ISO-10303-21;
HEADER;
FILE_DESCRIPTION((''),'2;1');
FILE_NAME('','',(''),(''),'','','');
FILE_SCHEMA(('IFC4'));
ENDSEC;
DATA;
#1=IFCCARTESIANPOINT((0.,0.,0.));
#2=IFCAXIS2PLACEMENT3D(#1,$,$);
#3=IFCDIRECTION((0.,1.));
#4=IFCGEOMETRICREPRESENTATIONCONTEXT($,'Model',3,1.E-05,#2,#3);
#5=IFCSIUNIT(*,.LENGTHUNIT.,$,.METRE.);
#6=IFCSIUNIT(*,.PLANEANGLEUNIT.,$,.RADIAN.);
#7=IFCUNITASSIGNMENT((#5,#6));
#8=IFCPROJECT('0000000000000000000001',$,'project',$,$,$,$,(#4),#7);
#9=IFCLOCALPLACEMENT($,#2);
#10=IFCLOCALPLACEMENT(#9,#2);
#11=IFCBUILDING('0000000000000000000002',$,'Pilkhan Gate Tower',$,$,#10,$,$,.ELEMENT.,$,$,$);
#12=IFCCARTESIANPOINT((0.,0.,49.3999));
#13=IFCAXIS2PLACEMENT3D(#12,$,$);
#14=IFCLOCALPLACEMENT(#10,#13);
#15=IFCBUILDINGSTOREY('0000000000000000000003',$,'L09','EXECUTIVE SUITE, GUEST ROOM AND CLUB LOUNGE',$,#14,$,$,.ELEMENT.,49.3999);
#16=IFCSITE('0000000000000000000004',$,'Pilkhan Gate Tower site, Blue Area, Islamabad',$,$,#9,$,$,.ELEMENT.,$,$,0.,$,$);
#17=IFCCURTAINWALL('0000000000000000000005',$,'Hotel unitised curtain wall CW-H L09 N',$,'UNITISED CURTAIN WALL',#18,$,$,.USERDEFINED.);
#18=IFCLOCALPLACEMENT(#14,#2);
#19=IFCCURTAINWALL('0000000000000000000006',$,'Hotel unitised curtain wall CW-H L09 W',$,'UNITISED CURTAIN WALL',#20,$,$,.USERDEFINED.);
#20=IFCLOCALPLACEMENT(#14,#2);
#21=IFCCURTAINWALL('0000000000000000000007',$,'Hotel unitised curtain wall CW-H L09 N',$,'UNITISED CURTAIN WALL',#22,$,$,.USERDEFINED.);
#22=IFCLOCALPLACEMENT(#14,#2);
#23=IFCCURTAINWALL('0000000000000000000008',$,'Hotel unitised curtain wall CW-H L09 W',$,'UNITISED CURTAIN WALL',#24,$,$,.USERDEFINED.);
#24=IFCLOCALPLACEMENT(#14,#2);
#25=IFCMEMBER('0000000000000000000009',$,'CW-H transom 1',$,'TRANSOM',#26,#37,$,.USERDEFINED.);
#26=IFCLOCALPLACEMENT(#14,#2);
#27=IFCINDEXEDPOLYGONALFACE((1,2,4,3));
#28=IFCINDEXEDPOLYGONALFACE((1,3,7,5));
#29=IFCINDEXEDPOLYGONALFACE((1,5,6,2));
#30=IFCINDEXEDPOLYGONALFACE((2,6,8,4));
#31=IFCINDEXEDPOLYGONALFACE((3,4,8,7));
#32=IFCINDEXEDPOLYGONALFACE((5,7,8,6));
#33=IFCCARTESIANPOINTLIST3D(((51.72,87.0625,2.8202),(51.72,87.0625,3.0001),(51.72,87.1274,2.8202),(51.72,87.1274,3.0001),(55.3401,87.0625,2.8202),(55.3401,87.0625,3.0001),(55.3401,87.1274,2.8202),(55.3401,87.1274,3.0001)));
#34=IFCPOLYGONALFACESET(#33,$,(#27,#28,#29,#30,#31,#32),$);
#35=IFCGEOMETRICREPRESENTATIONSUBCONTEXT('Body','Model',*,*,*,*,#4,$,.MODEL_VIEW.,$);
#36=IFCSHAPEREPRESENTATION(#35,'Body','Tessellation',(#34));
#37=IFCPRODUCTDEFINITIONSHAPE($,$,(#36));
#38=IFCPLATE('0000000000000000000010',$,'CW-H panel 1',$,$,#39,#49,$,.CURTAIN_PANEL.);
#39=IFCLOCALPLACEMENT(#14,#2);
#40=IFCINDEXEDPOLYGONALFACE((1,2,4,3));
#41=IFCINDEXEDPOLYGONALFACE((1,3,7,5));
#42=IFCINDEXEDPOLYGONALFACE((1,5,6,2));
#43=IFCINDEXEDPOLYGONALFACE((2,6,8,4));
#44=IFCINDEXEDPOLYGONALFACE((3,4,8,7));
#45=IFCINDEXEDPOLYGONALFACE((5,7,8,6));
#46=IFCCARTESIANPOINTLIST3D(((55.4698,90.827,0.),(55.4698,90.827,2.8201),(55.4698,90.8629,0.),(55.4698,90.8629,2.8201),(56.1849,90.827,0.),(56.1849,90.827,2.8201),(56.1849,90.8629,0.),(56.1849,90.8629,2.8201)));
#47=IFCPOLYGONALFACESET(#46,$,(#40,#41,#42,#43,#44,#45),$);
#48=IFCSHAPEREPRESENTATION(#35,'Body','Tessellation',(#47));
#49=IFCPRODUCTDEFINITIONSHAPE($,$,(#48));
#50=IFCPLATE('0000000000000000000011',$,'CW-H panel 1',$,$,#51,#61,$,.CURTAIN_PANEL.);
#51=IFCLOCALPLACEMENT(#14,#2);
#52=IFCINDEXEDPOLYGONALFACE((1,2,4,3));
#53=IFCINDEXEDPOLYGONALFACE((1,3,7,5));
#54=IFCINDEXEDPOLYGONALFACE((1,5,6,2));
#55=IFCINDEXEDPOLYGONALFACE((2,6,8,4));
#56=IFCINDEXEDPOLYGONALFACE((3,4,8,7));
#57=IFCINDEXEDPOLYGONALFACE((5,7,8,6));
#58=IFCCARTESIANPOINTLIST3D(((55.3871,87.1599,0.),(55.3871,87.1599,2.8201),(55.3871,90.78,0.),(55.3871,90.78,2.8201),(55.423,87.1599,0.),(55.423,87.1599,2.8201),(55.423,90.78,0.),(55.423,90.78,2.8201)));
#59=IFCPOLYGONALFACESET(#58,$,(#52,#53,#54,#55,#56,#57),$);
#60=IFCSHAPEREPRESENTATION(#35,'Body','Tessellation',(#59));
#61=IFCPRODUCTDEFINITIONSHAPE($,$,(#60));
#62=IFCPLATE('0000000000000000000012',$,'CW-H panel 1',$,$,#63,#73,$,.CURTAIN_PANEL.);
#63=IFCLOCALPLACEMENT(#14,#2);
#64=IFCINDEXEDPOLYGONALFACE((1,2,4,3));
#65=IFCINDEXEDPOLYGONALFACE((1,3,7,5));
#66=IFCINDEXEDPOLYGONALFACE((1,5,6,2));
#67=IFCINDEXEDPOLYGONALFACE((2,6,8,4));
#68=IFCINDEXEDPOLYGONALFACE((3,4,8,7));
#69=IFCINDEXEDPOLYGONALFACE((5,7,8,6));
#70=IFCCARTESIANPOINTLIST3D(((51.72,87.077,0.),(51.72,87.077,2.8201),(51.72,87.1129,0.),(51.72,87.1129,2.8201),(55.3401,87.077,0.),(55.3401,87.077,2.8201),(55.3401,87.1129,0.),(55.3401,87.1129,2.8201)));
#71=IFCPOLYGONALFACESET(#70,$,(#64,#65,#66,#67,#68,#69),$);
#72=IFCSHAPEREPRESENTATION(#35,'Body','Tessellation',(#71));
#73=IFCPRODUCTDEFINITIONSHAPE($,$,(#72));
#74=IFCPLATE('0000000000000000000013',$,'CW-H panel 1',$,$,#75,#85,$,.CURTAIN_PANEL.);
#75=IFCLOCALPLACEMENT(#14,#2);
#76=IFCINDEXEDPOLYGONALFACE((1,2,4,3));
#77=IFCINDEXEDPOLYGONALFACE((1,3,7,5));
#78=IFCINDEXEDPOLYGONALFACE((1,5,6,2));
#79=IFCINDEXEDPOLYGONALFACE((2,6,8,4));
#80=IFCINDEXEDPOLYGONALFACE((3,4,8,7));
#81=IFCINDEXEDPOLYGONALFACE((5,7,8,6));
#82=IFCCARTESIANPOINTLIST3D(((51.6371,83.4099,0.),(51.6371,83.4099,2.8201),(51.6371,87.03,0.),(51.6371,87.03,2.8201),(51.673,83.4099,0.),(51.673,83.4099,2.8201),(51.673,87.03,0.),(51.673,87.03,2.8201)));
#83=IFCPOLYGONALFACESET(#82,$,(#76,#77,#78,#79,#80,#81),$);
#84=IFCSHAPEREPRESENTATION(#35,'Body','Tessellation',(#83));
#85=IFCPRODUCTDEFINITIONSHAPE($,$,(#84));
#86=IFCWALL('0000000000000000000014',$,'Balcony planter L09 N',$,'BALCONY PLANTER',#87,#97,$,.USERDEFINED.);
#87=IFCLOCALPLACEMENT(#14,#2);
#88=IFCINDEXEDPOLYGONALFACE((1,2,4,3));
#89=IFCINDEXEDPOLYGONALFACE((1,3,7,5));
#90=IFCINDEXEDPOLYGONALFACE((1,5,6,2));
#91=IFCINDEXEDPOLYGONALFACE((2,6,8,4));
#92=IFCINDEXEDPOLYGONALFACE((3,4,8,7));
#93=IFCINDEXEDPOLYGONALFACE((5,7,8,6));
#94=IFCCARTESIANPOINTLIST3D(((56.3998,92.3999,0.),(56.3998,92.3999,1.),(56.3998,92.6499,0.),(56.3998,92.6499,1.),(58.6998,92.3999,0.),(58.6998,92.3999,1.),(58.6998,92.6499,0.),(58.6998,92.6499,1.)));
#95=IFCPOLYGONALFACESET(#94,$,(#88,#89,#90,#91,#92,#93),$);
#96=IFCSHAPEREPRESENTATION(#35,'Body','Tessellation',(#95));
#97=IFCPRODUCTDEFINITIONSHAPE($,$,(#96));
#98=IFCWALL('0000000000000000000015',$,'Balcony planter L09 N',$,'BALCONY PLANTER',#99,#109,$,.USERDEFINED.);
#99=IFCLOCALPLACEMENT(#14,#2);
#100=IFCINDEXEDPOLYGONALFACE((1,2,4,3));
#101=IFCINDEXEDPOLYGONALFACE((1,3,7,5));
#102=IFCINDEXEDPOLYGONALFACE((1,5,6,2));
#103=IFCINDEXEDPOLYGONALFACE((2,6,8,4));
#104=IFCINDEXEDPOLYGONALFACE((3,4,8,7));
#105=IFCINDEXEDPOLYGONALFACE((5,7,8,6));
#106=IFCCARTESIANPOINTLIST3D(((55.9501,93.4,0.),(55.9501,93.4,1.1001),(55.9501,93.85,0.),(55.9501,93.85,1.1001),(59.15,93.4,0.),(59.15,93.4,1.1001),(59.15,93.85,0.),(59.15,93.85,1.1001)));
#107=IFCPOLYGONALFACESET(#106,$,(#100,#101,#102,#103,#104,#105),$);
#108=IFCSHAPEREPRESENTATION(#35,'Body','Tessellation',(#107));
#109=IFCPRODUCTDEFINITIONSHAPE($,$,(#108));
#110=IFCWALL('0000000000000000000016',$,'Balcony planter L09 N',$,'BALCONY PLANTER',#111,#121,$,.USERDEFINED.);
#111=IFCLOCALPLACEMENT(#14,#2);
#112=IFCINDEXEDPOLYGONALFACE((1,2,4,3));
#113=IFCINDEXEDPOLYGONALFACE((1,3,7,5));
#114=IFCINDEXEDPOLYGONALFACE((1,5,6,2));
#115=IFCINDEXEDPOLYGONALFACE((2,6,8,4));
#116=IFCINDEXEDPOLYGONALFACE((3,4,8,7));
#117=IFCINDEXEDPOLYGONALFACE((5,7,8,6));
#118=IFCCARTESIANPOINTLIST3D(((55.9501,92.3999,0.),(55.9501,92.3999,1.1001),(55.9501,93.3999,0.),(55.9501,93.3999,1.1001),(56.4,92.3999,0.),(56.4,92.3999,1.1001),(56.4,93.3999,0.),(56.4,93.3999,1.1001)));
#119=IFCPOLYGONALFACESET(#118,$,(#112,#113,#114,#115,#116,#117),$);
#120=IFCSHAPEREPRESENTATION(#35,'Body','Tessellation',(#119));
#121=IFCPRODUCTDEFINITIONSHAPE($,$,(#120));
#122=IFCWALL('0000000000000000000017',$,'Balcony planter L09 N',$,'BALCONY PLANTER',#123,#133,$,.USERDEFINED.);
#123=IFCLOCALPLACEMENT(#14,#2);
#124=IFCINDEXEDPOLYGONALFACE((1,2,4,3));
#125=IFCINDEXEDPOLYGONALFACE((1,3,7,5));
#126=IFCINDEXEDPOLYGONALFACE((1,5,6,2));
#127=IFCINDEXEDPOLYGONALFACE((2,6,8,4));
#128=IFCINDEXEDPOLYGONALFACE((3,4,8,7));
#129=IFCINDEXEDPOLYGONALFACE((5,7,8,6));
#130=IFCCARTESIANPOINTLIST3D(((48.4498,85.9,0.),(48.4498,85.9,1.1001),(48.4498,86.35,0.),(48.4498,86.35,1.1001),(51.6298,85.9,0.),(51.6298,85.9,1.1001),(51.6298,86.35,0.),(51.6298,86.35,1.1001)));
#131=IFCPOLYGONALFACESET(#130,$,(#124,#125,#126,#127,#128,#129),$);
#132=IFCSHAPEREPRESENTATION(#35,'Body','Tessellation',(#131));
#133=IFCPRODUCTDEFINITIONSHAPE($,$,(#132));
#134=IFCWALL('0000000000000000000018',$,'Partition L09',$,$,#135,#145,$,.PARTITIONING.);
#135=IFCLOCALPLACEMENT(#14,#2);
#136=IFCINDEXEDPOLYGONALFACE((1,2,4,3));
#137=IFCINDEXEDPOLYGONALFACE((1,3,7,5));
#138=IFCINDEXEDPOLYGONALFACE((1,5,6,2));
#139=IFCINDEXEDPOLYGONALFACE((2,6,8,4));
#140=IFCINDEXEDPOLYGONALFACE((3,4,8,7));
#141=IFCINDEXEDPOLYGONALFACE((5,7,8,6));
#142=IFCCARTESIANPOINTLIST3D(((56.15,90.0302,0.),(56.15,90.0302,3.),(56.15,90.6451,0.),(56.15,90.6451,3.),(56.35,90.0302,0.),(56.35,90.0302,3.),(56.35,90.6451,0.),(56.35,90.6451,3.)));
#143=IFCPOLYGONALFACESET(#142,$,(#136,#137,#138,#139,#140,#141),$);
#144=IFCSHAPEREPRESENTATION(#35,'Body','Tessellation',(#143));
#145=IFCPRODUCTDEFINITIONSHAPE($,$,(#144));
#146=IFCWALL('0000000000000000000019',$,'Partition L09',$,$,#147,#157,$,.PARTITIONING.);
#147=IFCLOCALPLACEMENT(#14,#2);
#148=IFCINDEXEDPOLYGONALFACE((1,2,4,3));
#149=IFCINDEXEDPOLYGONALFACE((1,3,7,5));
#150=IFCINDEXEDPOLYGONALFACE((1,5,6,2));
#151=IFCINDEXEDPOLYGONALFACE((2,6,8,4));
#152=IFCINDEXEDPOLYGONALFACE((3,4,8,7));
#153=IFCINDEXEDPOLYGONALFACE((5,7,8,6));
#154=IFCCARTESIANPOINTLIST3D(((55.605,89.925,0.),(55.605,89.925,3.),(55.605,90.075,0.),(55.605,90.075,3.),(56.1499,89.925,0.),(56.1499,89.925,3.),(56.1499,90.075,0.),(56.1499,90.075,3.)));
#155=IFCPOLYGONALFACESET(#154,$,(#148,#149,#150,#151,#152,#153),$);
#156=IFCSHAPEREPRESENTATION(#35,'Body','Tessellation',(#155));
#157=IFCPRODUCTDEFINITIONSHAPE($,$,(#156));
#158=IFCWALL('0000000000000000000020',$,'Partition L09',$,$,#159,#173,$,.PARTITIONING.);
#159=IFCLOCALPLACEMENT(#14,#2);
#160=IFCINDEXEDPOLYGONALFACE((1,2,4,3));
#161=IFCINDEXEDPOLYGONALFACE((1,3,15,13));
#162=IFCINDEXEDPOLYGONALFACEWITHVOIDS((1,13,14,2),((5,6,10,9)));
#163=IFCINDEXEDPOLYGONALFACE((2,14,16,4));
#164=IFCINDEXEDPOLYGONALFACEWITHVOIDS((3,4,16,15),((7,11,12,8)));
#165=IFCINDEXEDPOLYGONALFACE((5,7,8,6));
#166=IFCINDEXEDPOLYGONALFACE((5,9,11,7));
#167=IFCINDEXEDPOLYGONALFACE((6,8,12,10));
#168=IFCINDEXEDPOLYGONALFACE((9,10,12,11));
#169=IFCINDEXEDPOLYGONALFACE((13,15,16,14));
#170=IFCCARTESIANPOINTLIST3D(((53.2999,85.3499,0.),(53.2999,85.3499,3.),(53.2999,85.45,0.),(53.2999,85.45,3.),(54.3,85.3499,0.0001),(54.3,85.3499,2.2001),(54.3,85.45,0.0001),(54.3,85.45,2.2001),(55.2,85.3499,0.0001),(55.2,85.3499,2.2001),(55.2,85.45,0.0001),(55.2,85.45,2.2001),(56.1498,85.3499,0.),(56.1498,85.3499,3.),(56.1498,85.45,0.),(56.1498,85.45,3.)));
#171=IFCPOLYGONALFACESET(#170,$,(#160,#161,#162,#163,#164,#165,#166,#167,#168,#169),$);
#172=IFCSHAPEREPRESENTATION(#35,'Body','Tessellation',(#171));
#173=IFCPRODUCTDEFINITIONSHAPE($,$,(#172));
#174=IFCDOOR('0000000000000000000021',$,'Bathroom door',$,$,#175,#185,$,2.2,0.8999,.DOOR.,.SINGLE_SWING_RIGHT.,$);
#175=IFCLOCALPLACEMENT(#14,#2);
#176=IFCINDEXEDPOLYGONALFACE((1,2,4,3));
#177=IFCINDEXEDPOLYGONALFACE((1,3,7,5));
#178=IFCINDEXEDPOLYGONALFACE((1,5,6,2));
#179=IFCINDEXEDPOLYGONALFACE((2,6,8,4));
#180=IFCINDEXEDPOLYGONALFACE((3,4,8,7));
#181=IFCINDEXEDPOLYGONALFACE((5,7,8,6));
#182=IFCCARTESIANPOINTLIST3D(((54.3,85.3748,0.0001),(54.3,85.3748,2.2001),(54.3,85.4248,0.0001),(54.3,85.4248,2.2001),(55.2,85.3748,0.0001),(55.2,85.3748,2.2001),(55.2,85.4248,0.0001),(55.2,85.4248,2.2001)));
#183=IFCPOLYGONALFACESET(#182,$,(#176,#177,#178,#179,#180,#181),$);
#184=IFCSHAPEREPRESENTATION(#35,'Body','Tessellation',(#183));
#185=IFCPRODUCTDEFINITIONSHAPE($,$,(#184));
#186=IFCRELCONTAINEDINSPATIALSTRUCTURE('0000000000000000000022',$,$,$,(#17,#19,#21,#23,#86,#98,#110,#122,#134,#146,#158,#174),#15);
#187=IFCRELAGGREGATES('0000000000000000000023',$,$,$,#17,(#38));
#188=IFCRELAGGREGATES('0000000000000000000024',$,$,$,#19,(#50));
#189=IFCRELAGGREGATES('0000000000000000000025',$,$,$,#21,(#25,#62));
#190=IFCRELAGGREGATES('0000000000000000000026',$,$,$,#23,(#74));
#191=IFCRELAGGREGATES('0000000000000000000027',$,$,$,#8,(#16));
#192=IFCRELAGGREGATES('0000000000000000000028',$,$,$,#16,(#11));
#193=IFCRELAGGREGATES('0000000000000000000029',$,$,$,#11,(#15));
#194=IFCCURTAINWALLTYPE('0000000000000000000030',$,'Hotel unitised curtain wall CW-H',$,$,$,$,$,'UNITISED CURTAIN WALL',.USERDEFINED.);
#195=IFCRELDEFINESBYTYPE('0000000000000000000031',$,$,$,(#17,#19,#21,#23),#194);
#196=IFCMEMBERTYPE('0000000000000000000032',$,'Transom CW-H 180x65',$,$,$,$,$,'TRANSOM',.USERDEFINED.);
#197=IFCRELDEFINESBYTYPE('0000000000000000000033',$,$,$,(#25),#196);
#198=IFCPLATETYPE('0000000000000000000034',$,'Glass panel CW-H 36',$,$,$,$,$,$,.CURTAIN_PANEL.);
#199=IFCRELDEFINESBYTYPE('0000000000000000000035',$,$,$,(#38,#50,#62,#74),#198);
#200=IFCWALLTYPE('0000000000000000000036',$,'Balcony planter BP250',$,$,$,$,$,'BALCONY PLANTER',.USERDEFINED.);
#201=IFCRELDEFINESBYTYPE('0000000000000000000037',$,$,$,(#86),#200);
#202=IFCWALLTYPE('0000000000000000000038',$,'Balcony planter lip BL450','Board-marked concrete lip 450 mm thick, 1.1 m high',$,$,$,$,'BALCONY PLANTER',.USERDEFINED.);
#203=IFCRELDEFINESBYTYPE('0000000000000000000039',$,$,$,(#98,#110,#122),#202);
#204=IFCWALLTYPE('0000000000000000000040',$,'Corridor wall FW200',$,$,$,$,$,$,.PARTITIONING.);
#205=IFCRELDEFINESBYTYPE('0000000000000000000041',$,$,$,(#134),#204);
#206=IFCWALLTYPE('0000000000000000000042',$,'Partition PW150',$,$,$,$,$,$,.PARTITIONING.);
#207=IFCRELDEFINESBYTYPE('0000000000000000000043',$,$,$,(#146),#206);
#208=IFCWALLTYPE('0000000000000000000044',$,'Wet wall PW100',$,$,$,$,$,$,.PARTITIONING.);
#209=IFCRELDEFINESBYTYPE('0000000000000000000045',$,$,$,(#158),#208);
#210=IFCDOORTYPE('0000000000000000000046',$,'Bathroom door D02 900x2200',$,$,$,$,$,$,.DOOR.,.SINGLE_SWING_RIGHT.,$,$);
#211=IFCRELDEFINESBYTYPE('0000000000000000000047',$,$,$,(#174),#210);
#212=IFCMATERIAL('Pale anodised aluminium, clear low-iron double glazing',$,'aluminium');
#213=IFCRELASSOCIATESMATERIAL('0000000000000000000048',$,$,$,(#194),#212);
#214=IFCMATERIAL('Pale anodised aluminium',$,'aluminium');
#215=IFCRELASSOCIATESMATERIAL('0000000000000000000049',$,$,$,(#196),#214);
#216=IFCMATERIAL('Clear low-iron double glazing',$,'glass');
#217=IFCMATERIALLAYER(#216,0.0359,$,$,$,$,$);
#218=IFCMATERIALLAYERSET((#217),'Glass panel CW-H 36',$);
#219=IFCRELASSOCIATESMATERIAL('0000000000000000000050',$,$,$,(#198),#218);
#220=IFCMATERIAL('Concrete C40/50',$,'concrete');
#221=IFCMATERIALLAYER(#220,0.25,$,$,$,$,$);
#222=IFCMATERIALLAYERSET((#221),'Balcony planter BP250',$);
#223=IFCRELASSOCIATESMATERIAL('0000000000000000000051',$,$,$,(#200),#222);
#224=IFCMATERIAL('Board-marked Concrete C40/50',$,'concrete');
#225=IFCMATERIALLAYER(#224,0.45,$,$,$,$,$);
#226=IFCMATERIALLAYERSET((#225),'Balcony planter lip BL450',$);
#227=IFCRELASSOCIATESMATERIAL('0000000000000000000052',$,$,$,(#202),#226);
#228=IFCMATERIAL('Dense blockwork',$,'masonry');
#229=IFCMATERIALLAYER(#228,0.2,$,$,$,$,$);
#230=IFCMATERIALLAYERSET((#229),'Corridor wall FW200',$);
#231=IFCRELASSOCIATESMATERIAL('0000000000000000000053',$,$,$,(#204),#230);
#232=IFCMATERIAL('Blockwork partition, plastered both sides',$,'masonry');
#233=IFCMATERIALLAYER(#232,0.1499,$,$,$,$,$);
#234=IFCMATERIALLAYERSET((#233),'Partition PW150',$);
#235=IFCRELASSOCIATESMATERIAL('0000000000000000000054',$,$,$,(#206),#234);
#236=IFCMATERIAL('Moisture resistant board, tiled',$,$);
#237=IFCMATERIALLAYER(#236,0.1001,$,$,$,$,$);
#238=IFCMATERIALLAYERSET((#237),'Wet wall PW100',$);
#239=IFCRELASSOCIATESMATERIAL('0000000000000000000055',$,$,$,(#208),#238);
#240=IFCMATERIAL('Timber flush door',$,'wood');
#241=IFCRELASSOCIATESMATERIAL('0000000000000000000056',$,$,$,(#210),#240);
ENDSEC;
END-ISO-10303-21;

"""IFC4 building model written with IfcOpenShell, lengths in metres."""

from ifc_helpers import new_model, si_unit, direction, frame, frame_2d, origin, origin_2d, place, context, subcontext, project, spatial, rectangle, extrude, material, layer, layer_set, material_profile, profile_set, type_object, element, fill, aggregate, save


model = new_model("IFC4")

# Units and contexts
model_context = context("Model", 3, precision=1e-05, world=origin(), true_north=direction((0.0, 1.0)))
body_context = subcontext(model_context, "Body", "Model", "MODEL_VIEW")
ifc_project = project(units=[si_unit("LENGTHUNIT", "METRE"), si_unit("PLANEANGLEUNIT", "RADIAN")], contexts=[model_context])

# Site, building, storey
site_placement = place(None, origin())
site = spatial("IfcSite", under=ifc_project, at=site_placement, Name="Pilkhan Gate Tower site, Blue Area, Islamabad", CompositionType="ELEMENT", RefElevation=0.0)
building_placement = place(site_placement, origin())
building = spatial("IfcBuilding", under=site, at=building_placement, Name="Pilkhan Gate Tower", CompositionType="ELEMENT")
storey_placement = place(building_placement, frame((0.0, 0.0, 49.3999)))
storey = spatial("IfcBuildingStorey", under=building, at=storey_placement, Name="L09", Description="EXECUTIVE SUITE, GUEST ROOM AND CLUB LOUNGE", CompositionType="ELEMENT", Elevation=49.3999)

# Curtain walls
ifc_material_1 = material(Name="Pale anodised aluminium, clear low-iron double glazing", Category="aluminium")
curtain_wall_type = type_object("IfcCurtainWallType", Name="Hotel unitised curtain wall CW-H", ElementType="UNITISED CURTAIN WALL", PredefinedType="USERDEFINED", material=ifc_material_1)
curtain_wall_1_placement = place(storey_placement, origin())
curtain_wall_1 = element("IfcCurtainWall", 1, at=curtain_wall_1_placement, inside=storey, type_object=curtain_wall_type, Name="Hotel unitised curtain wall CW-H L09 N", ObjectType="UNITISED CURTAIN WALL", PredefinedType="USERDEFINED")
ifc_material_2 = material(Name="Pale anodised aluminium", Category="aluminium")
curtain_wall_2_placement = place(storey_placement, origin())
curtain_wall_2 = element("IfcCurtainWall", 2, at=curtain_wall_2_placement, inside=storey, type_object=curtain_wall_type, Name="Hotel unitised curtain wall CW-H L09 W", ObjectType="UNITISED CURTAIN WALL", PredefinedType="USERDEFINED")
curtain_wall_3_placement = place(storey_placement, origin())
curtain_wall_3 = element("IfcCurtainWall", 3, at=curtain_wall_3_placement, inside=storey, type_object=curtain_wall_type, Name="Hotel unitised curtain wall CW-H L09 N", ObjectType="UNITISED CURTAIN WALL", PredefinedType="USERDEFINED")

# Curtain wall
curtain_wall_4_placement = place(storey_placement, origin())
curtain_wall_4 = element("IfcCurtainWall", 4, at=curtain_wall_4_placement, inside=storey, type_object=curtain_wall_type, Name="Hotel unitised curtain wall CW-H L09 W", ObjectType="UNITISED CURTAIN WALL", PredefinedType="USERDEFINED")

# Member
ifc_material_profile_1 = material_profile(ifc_material_2, rectangle(XDim=0.0649, YDim=0.1799, at=origin_2d()), Name="Transom 180x65")
ifc_profile_set_1 = profile_set([ifc_material_profile_1], Name="Pale anodised aluminium")
member_type_1 = type_object("IfcMemberType", Name="Transom CW-H 180x65", ElementType="TRANSOM", PredefinedType="USERDEFINED", material=ifc_profile_set_1)
member_1_placement = place(storey_placement, frame((51.72, 87.095, 2.9102), z_axis=(1.0, 0.0, 0.0), x_axis=(0.0, 1.0, 0.0)))
member_1 = element("IfcMember", 5, at=member_1_placement, type_object=member_type_1, Name="CW-H transom 1", ObjectType="TRANSOM", PredefinedType="USERDEFINED", context=body_context, shape_type="SweptSolid", body=[
    extrude(rectangle(XDim=0.0649, YDim=0.1799, at=origin_2d()), origin(), (0.0, 0.0, 1.0), 3.6201),
])

# Plates
ifc_material_3 = material(Name="Clear low-iron double glazing", Category="glass")
ifc_layer_1 = layer(ifc_material_3, 0.0359)
ifc_layer_set_1 = layer_set([ifc_layer_1], Name="Glass panel CW-H 36")
plate_type = type_object("IfcPlateType", Name="Glass panel CW-H 36", PredefinedType="CURTAIN_PANEL", material=ifc_layer_set_1)
plate_1_placement = place(storey_placement, frame((55.8274, 90.845, 0.0), z_axis=(0.0, 0.0, 1.0), x_axis=(1.0, 0.0, 0.0)))
plate_1 = element("IfcPlate", 6, at=plate_1_placement, type_object=plate_type, Name="CW-H panel 1", PredefinedType="CURTAIN_PANEL", context=body_context, shape_type="SweptSolid", body=[
    extrude(rectangle(XDim=0.7151, YDim=0.0359, at=origin_2d()), origin(), (0.0, 0.0, 1.0), 2.8201),
])
aggregate(curtain_wall_1, [plate_1])
plate_2_placement = place(storey_placement, frame((55.405, 88.97, 0.0), z_axis=(0.0, 0.0, 1.0), x_axis=(0.0, 1.0, 0.0)))
plate_2 = element("IfcPlate", 7, at=plate_2_placement, type_object=plate_type, Name="CW-H panel 1", PredefinedType="CURTAIN_PANEL", context=body_context, shape_type="SweptSolid", body=[
    extrude(rectangle(XDim=3.6201, YDim=0.0359, at=origin_2d()), origin(), (0.0, 0.0, 1.0), 2.8201),
])
aggregate(curtain_wall_2, [plate_2])
plate_3_placement = place(storey_placement, frame((53.53, 87.095, 0.0), z_axis=(0.0, 0.0, 1.0), x_axis=(1.0, 0.0, 0.0)))
plate_3 = element("IfcPlate", 8, at=plate_3_placement, type_object=plate_type, Name="CW-H panel 1", PredefinedType="CURTAIN_PANEL", context=body_context, shape_type="SweptSolid", body=[
    extrude(rectangle(XDim=3.6201, YDim=0.0359, at=origin_2d()), origin(), (0.0, 0.0, 1.0), 2.8201),
])
aggregate(curtain_wall_3, [member_1, plate_3])
plate_4_placement = place(storey_placement, frame((51.655, 85.22, 0.0), z_axis=(0.0, 0.0, 1.0), x_axis=(0.0, 1.0, 0.0)))
plate_4 = element("IfcPlate", 9, at=plate_4_placement, type_object=plate_type, Name="CW-H panel 1", PredefinedType="CURTAIN_PANEL", context=body_context, shape_type="SweptSolid", body=[
    extrude(rectangle(XDim=3.6201, YDim=0.0359, at=origin_2d()), origin(), (0.0, 0.0, 1.0), 2.8201),
])
aggregate(curtain_wall_4, [plate_4])

# Walls
ifc_material_4 = material(Name="Concrete C40/50", Category="concrete")
ifc_layer_2 = layer(ifc_material_4, 0.25)
ifc_layer_set_2 = layer_set([ifc_layer_2], Name="Balcony planter BP250")
wall_type_1 = type_object("IfcWallType", Name="Balcony planter BP250", ElementType="BALCONY PLANTER", PredefinedType="USERDEFINED", material=ifc_layer_set_2)
wall_1_placement = place(storey_placement, frame((56.3999, 92.5249, 0.0), z_axis=(0.0, 0.0, 1.0), x_axis=(1.0, 0.0, 0.0)))
element("IfcWall", 10, at=wall_1_placement, inside=storey, type_object=wall_type_1, Name="Balcony planter L09 N", ObjectType="BALCONY PLANTER", PredefinedType="USERDEFINED", context=body_context, shape_type="SweptSolid", body=[
    extrude(rectangle(XDim=2.3, YDim=0.25, at=frame_2d((1.1499, 0.0))), origin(), (0.0, 0.0, 1.0), 1.0),
])
ifc_material_5 = material(Name="Board-marked Concrete C40/50", Category="concrete")
ifc_layer_3 = layer(ifc_material_5, 0.45)
ifc_layer_set_3 = layer_set([ifc_layer_3], Name="Balcony planter lip BL450")
wall_type_2 = type_object("IfcWallType", Name="Balcony planter lip BL450", Description="Board-marked concrete lip 450 mm thick, 1.1 m high", ElementType="BALCONY PLANTER", PredefinedType="USERDEFINED", material=ifc_layer_set_3)
wall_2_placement = place(storey_placement, frame((55.95, 93.625, 0.0), z_axis=(0.0, 0.0, 1.0), x_axis=(1.0, 0.0, 0.0)))
element("IfcWall", 11, at=wall_2_placement, inside=storey, type_object=wall_type_2, Name="Balcony planter L09 N", ObjectType="BALCONY PLANTER", PredefinedType="USERDEFINED", context=body_context, shape_type="SweptSolid", body=[
    extrude(rectangle(XDim=3.2, YDim=0.45, at=frame_2d((1.6001, 0.0))), origin(), (0.0, 0.0, 1.0), 1.1001),
])
wall_3_placement = place(storey_placement, frame((56.175, 92.3999, 0.0), z_axis=(0.0, 0.0, 1.0), x_axis=(0.0, 1.0, 0.0)))
element("IfcWall", 12, at=wall_3_placement, inside=storey, type_object=wall_type_2, Name="Balcony planter L09 N", ObjectType="BALCONY PLANTER", PredefinedType="USERDEFINED", context=body_context, shape_type="SweptSolid", body=[
    extrude(rectangle(XDim=1.0, YDim=0.45, at=frame_2d((0.5, 0.0))), origin(), (0.0, 0.0, 1.0), 1.1001),
])
wall_4_placement = place(storey_placement, frame((48.45, 86.125, 0.0), z_axis=(0.0, 0.0, 1.0), x_axis=(1.0, 0.0, 0.0)))
element("IfcWall", 13, at=wall_4_placement, inside=storey, type_object=wall_type_2, Name="Balcony planter L09 N", ObjectType="BALCONY PLANTER", PredefinedType="USERDEFINED", context=body_context, shape_type="SweptSolid", body=[
    extrude(rectangle(XDim=3.1799, YDim=0.45, at=frame_2d((1.5898, 0.0))), origin(), (0.0, 0.0, 1.0), 1.1001),
])
ifc_material_6 = material(Name="Dense blockwork", Category="masonry")
ifc_layer_4 = layer(ifc_material_6, 0.2)
ifc_layer_set_4 = layer_set([ifc_layer_4], Name="Corridor wall FW200")
wall_type_3 = type_object("IfcWallType", Name="Corridor wall FW200", PredefinedType="PARTITIONING", material=ifc_layer_set_4)
wall_5_placement = place(storey_placement, frame((56.25, 90.03, 0.0), z_axis=(0.0, 0.0, 1.0), x_axis=(0.0, 1.0, 0.0)))
element("IfcWall", 14, at=wall_5_placement, inside=storey, type_object=wall_type_3, Name="Partition L09", PredefinedType="PARTITIONING", context=body_context, shape_type="SweptSolid", body=[
    extrude(rectangle(XDim=0.615, YDim=0.2, at=frame_2d((0.3076, 0.0))), origin(), (0.0, 0.0, 1.0), 3.0),
])

# Wall
ifc_material_7 = material(Name="Blockwork partition, plastered both sides", Category="masonry")
ifc_layer_5 = layer(ifc_material_7, 0.1499)
ifc_layer_set_5 = layer_set([ifc_layer_5], Name="Partition PW150")
wall_type_4 = type_object("IfcWallType", Name="Partition PW150", PredefinedType="PARTITIONING", material=ifc_layer_set_5)
wall_6_placement = place(storey_placement, frame((55.605, 90.0, 0.0), z_axis=(0.0, 0.0, 1.0), x_axis=(1.0, 0.0, 0.0)))
element("IfcWall", 15, at=wall_6_placement, inside=storey, type_object=wall_type_4, Name="Partition L09", PredefinedType="PARTITIONING", context=body_context, shape_type="SweptSolid", body=[
    extrude(rectangle(XDim=0.5449, YDim=0.1499, at=frame_2d((0.2725, 0.0))), origin(), (0.0, 0.0, 1.0), 3.0),
])

# Wall, opening, door
ifc_material_8 = material(Name="Moisture resistant board, tiled")
ifc_layer_6 = layer(ifc_material_8, 0.1001)
ifc_layer_set_6 = layer_set([ifc_layer_6], Name="Wet wall PW100")
wall_type_5 = type_object("IfcWallType", Name="Wet wall PW100", PredefinedType="PARTITIONING", material=ifc_layer_set_6)
wall_7_placement = place(storey_placement, frame((53.3, 85.3999, 0.0), z_axis=(0.0, 0.0, 1.0), x_axis=(1.0, 0.0, 0.0)))
wall_7 = element("IfcWall", 16, at=wall_7_placement, inside=storey, type_object=wall_type_5, Name="Partition L09", PredefinedType="PARTITIONING", context=body_context, shape_type="SweptSolid", body=[
    extrude(rectangle(XDim=2.8499, YDim=0.1001, at=frame_2d((1.4248, 0.0))), origin(), (0.0, 0.0, 1.0), 3.0),
])
opening_1_placement = place(wall_7_placement, frame((1.0, 0.0, 0.0)))
opening_1 = element("IfcOpeningElement", 17, at=opening_1_placement, cuts=wall_7, PredefinedType="OPENING", context=body_context, shape_type="SweptSolid", body=[
    extrude(rectangle(XDim=0.8999, YDim=2.2, at=frame_2d((0.45, 1.1001))), frame((0.0, 0.0601, 0.0), z_axis=(0.0, -1.0, 0.0), x_axis=(1.0, 0.0, 0.0)), (0.0, 0.0, 1.0), 0.1201),
])
ifc_material_9 = material(Name="Timber flush door", Category="wood")
door_type_1 = type_object("IfcDoorType", Name="Bathroom door D02 900x2200", OperationType="SINGLE_SWING_RIGHT", PredefinedType="DOOR", material=ifc_material_9)
door_1_placement = place(opening_1_placement, origin())
door_1 = element("IfcDoor", 18, at=door_1_placement, inside=storey, type_object=door_type_1, Name="Bathroom door", OperationType="SINGLE_SWING_RIGHT", OverallHeight=2.2, OverallWidth=0.8999, PredefinedType="DOOR", context=body_context, shape_type="SweptSolid", body=[
    extrude(rectangle(XDim=0.8999, YDim=2.2, at=frame_2d((0.45, 1.1001))), frame((0.0, 0.0249, 0.0), z_axis=(0.0, -1.0, 0.0), x_axis=(1.0, 0.0, 0.0)), (0.0, 0.0, 1.0), 0.05),
])
fill(opening_1, door_1)

save(model, "model.ifc")
